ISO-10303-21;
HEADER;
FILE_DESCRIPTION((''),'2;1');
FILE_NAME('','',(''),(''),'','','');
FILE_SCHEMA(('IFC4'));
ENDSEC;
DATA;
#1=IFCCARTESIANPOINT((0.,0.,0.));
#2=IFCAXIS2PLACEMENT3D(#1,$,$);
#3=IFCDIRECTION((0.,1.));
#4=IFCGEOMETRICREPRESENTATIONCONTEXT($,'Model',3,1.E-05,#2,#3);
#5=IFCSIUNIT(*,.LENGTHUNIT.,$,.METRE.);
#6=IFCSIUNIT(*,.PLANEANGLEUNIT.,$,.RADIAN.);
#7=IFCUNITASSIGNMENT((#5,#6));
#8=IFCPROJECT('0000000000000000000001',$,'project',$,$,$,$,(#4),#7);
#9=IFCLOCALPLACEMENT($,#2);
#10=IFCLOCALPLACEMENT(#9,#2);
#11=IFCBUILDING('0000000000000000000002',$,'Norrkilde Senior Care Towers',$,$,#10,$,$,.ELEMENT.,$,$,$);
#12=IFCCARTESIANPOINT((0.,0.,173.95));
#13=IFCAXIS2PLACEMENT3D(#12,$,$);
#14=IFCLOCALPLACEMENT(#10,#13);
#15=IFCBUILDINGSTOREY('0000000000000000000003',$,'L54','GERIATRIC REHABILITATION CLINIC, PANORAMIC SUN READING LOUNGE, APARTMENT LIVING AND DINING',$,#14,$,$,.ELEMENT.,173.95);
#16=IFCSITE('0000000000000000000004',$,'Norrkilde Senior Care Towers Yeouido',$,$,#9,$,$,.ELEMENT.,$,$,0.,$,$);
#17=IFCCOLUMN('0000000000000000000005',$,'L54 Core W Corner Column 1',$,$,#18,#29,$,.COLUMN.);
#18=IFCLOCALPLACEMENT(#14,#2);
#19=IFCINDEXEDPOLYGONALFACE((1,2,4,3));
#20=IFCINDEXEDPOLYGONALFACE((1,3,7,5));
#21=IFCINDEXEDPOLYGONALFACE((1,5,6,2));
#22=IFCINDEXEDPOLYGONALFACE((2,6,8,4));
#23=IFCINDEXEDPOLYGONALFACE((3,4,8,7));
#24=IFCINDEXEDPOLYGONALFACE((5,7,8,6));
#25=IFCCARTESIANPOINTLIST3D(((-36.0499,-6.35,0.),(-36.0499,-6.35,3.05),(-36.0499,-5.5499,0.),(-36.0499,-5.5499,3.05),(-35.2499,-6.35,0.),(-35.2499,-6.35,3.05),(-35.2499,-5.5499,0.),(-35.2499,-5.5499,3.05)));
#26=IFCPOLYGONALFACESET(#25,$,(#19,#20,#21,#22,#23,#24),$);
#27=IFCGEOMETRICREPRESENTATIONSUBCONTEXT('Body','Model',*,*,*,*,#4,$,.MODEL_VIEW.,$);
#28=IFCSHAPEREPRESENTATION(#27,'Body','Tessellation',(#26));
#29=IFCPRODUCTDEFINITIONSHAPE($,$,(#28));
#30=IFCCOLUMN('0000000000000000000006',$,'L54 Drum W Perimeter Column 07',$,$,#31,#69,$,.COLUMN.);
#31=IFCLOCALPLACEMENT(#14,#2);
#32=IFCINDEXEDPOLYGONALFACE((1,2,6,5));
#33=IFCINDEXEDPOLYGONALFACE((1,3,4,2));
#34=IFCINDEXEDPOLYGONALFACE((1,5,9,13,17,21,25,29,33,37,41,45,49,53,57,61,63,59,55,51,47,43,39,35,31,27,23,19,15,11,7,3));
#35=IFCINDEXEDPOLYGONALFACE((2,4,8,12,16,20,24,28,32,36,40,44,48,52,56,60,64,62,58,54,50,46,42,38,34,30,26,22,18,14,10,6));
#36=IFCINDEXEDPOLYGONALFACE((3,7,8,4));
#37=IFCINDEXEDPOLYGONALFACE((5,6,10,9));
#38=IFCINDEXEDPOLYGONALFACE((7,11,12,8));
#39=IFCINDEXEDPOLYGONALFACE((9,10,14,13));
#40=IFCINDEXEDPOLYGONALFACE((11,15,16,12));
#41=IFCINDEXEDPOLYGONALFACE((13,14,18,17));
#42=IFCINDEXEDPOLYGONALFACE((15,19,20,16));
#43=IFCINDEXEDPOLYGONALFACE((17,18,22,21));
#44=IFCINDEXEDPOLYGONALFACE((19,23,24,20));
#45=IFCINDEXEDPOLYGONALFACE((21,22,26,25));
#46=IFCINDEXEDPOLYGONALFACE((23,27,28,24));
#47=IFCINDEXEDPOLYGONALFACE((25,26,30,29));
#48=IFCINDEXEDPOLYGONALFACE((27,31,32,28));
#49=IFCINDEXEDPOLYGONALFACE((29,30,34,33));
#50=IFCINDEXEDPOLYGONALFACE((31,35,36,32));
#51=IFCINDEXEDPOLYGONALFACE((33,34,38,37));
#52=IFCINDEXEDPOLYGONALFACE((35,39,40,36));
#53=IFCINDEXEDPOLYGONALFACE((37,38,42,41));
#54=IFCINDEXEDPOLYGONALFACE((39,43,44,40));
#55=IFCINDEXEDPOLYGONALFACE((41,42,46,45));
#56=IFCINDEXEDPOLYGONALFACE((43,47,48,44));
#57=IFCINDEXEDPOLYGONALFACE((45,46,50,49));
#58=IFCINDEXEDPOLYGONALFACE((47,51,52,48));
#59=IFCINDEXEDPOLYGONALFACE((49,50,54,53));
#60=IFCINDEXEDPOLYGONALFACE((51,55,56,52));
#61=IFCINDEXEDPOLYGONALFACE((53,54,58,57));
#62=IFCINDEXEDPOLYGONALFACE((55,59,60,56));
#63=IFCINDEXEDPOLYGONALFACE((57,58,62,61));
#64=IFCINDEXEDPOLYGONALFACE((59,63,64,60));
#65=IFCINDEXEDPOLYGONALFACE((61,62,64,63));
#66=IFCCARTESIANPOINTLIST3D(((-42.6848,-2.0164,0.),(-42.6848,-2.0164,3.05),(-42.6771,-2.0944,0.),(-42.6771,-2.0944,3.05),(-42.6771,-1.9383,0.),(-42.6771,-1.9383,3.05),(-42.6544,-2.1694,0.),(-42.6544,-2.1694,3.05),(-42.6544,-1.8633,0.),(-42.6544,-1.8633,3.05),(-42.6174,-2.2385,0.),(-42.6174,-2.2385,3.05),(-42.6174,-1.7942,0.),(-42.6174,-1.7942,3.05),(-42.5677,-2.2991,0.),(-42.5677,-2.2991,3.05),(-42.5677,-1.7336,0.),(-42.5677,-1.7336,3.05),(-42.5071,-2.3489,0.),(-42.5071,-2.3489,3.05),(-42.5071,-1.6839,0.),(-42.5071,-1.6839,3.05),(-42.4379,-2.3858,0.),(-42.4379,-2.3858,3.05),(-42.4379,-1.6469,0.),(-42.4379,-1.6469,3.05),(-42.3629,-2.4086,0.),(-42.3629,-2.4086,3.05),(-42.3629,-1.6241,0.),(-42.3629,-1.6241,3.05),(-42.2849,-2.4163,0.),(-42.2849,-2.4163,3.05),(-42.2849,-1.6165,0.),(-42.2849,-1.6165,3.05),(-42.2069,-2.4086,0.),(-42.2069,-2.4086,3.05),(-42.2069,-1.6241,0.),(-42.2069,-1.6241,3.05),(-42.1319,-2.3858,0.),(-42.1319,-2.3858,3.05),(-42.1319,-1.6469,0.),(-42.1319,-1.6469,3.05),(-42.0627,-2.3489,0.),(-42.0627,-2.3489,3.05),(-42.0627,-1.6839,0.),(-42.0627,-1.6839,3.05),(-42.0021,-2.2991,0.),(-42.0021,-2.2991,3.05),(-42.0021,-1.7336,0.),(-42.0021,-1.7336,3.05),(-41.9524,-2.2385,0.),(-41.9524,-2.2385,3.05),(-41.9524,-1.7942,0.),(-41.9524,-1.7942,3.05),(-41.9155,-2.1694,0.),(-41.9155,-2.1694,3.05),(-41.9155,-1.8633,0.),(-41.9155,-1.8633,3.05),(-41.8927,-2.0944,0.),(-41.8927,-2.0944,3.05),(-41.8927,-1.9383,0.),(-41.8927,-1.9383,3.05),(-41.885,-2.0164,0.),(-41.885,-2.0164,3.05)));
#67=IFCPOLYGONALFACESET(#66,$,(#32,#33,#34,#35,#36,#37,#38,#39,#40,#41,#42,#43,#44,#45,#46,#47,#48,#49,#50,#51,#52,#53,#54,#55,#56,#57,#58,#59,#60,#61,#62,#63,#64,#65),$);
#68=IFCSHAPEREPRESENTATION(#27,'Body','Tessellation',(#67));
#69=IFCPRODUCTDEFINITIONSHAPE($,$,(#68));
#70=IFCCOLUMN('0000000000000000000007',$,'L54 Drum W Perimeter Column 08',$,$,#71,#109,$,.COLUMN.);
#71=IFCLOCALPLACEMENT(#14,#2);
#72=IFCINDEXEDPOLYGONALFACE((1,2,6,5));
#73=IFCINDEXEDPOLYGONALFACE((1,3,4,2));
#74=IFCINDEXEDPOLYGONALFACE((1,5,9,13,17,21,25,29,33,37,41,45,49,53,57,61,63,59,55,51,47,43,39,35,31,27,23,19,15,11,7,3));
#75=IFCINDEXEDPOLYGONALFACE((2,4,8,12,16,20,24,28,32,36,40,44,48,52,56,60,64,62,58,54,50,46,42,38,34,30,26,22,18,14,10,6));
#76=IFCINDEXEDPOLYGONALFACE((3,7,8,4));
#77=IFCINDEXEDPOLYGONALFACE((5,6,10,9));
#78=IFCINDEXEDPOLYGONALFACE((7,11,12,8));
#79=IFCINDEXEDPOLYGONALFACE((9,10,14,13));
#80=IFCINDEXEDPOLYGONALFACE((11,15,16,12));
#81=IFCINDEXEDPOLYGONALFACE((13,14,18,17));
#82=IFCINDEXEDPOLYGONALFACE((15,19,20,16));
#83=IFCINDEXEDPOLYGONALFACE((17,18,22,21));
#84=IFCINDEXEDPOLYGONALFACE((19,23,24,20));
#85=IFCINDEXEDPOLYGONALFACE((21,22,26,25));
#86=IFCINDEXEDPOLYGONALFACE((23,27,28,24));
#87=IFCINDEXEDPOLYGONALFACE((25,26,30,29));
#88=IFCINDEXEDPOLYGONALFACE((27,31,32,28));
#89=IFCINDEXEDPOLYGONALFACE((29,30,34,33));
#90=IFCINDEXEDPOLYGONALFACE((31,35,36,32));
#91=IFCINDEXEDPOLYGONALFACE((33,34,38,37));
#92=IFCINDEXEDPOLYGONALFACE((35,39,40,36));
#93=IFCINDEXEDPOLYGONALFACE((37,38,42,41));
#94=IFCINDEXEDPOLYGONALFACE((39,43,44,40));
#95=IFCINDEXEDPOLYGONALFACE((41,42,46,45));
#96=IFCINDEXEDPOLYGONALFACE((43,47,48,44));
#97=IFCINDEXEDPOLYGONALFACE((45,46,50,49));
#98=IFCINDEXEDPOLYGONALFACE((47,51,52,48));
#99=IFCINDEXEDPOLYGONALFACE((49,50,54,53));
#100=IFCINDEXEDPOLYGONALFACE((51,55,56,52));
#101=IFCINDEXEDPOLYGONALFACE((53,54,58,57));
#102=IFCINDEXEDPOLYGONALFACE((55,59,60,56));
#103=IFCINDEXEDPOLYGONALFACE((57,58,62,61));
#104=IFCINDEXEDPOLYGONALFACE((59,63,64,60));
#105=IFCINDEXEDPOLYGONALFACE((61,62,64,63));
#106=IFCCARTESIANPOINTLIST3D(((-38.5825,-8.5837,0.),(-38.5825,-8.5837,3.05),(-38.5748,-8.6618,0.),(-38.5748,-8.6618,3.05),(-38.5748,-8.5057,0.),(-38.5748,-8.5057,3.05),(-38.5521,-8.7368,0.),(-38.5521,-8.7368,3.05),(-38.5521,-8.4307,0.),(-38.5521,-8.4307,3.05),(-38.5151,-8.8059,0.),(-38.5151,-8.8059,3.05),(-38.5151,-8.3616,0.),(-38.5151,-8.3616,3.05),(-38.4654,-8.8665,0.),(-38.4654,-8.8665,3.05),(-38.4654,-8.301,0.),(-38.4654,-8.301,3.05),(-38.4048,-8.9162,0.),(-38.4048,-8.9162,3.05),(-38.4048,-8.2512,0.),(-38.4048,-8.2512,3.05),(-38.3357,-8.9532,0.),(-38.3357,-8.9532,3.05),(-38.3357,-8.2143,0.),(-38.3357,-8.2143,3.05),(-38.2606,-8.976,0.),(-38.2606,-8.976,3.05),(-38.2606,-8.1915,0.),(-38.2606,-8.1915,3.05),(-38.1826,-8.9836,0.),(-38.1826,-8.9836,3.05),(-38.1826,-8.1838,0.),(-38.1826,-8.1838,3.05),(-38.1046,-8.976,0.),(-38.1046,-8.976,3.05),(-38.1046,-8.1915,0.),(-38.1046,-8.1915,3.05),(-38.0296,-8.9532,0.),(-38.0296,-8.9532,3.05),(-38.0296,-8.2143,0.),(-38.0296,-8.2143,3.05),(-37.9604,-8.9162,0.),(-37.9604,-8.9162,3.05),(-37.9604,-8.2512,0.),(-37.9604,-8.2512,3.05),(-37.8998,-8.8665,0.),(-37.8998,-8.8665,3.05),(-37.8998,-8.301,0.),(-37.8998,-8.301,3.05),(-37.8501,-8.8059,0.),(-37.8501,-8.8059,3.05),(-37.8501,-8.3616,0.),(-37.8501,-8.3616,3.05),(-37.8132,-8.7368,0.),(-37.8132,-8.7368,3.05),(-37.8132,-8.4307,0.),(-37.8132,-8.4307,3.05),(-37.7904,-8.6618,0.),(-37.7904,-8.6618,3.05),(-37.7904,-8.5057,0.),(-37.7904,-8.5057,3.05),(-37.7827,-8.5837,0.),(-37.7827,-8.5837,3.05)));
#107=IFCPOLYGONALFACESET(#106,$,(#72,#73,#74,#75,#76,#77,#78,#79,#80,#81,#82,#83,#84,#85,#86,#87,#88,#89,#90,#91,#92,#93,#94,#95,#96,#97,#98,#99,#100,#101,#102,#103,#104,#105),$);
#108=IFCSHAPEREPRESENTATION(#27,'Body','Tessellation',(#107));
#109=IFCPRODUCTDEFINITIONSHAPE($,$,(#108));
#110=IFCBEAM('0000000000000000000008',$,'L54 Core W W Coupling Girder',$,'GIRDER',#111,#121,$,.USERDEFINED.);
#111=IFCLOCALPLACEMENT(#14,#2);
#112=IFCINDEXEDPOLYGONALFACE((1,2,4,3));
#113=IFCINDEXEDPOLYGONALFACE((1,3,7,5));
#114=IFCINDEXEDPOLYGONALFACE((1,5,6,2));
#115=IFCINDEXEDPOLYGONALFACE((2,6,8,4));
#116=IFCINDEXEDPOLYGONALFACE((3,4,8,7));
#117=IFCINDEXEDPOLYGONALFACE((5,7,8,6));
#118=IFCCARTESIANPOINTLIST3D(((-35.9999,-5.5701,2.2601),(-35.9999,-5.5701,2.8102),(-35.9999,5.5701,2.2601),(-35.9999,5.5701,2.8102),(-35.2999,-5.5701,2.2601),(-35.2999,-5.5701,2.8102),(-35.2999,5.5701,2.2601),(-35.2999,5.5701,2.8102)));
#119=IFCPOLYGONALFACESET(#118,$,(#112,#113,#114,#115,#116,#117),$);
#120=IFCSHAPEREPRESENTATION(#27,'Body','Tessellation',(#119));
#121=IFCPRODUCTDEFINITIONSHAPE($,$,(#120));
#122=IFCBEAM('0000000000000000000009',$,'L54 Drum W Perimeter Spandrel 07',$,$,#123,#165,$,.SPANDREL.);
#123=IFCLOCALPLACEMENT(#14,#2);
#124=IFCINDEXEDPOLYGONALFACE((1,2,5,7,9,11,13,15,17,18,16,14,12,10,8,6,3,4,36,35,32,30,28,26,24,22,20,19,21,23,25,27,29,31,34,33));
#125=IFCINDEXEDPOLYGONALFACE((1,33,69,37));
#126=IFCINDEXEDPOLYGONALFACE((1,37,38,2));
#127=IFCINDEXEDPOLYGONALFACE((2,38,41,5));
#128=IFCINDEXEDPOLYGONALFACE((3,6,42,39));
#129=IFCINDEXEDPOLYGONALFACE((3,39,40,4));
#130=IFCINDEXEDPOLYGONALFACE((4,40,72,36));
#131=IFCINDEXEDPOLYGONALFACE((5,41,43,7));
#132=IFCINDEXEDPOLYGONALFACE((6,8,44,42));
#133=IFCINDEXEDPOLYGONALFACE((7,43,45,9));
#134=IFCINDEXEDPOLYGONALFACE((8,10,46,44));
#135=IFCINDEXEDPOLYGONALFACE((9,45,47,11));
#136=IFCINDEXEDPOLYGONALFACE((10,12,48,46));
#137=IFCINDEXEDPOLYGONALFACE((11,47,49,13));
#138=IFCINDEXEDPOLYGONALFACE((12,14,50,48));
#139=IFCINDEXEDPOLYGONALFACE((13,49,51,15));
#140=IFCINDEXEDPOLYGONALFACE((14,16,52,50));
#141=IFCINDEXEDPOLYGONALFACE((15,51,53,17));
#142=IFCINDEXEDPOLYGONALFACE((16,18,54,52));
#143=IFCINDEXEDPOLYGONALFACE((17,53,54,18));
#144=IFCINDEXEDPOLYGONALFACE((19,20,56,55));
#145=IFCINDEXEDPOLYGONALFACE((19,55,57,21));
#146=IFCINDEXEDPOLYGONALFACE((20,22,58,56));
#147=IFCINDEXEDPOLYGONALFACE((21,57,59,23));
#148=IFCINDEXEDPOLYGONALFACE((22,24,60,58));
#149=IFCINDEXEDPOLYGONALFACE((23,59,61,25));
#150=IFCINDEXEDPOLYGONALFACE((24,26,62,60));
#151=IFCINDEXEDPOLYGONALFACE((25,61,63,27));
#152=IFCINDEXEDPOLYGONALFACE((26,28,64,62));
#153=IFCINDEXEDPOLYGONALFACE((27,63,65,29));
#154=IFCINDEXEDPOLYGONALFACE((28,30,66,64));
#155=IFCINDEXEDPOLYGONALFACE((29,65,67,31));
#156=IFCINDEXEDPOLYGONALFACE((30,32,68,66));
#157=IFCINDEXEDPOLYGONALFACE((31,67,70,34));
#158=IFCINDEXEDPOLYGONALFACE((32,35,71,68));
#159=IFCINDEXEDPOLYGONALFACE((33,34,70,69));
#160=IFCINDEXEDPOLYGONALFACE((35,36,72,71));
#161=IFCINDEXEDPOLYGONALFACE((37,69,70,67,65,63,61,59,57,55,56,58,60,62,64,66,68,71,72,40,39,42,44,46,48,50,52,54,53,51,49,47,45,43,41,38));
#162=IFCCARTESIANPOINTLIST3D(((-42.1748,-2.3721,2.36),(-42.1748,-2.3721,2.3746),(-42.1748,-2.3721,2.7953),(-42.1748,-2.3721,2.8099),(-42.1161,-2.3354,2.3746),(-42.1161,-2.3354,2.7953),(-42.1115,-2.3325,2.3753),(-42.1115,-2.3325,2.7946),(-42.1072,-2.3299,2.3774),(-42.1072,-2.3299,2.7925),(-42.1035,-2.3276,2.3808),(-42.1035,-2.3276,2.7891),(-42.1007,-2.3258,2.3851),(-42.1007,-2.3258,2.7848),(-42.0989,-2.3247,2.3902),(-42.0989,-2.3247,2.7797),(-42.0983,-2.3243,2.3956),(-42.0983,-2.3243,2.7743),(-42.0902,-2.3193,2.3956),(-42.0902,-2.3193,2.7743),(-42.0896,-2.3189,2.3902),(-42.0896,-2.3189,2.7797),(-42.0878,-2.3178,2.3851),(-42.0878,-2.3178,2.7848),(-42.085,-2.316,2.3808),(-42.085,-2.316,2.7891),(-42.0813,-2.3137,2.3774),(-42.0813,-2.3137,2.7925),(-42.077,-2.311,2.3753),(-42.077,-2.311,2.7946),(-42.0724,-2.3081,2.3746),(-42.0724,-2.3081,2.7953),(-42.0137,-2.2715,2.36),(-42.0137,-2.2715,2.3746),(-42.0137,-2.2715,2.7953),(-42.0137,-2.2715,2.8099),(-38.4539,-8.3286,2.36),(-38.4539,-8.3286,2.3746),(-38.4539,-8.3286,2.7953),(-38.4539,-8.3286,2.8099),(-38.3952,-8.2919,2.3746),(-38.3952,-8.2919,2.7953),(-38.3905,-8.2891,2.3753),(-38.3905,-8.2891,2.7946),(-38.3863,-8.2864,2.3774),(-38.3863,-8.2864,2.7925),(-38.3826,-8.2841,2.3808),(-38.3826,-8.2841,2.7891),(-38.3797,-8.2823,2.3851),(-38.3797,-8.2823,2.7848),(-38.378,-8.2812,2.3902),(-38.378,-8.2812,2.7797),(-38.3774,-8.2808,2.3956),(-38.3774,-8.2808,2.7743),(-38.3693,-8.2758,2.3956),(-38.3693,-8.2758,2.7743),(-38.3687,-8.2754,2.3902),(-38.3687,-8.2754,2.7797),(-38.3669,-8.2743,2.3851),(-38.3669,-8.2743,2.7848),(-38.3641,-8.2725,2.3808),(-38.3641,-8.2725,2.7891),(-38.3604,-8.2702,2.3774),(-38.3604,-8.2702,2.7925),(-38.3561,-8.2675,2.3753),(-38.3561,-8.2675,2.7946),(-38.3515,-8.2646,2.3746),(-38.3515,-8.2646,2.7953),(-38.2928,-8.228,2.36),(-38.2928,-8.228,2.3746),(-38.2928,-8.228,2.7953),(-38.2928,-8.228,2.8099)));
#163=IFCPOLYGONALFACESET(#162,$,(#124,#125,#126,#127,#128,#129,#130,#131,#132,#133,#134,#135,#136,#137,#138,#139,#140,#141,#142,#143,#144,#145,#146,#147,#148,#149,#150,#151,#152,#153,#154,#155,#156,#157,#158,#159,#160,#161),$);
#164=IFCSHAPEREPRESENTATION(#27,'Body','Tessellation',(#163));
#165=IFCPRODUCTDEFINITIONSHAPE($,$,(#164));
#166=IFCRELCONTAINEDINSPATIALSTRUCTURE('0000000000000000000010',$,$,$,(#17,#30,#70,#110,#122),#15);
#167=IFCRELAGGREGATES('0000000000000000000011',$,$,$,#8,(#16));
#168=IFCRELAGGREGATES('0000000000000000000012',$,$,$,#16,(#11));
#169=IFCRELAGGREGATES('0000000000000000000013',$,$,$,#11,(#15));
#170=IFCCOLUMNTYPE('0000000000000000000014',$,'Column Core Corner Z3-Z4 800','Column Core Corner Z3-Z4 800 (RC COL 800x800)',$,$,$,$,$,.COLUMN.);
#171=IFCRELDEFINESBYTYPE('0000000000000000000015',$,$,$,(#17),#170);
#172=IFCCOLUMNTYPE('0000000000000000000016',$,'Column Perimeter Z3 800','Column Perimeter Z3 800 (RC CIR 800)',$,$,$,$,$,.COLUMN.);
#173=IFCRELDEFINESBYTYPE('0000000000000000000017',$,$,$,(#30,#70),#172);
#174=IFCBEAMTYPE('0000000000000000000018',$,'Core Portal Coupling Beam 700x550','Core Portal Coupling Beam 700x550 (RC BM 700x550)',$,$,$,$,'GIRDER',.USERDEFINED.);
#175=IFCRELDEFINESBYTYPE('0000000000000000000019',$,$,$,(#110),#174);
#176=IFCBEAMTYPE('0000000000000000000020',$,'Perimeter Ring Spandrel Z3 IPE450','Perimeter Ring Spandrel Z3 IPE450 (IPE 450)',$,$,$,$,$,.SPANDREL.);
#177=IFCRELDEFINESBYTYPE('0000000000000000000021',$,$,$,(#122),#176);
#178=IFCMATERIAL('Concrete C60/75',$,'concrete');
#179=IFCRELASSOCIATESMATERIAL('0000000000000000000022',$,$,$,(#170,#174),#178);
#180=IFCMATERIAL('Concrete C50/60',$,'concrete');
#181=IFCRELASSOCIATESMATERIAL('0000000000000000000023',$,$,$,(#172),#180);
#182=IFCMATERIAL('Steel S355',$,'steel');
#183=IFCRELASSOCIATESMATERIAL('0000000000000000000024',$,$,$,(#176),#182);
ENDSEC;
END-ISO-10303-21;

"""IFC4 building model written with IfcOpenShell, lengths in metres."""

from ifc_helpers import new_model, si_unit, direction, frame, origin, origin_2d, place, context, subcontext, project, spatial, rectangle, circle, i_section, extrude, source, transform, mapped, material, material_profile, profile_set, type_object, type_shapes, element, save


model = new_model("IFC4")

# Units and contexts
model_context = context("Model", 3, precision=1e-05, world=origin(), true_north=direction((0.0, 1.0)))
body_context = subcontext(model_context, "Body", "Model", "MODEL_VIEW")
ifc_project = project(units=[si_unit("LENGTHUNIT", "METRE"), si_unit("PLANEANGLEUNIT", "RADIAN")], contexts=[model_context])

# Site, building, storey
site_placement = place(None, origin())
site = spatial("IfcSite", under=ifc_project, at=site_placement, Name="Norrkilde Senior Care Towers Yeouido", CompositionType="ELEMENT", RefElevation=0.0)
building_placement = place(site_placement, origin())
building = spatial("IfcBuilding", under=site, at=building_placement, Name="Norrkilde Senior Care Towers", CompositionType="ELEMENT")
storey_placement = place(building_placement, frame((0.0, 0.0, 173.95)))
storey = spatial("IfcBuildingStorey", under=building, at=storey_placement, Name="L54", Description="GERIATRIC REHABILITATION CLINIC, PANORAMIC SUN READING LOUNGE, APARTMENT LIVING AND DINING", CompositionType="ELEMENT", Elevation=173.95)

# Columns
ifc_material_1 = material(Name="Concrete C60/75", Category="concrete")
ifc_material_profile_1 = material_profile(ifc_material_1, rectangle(XDim=0.8, YDim=0.8, at=origin_2d()), Name="RC COL 800x800")
ifc_profile_set_1 = profile_set([ifc_material_profile_1], Name="Concrete C60/75")
column_type_1 = type_object("IfcColumnType", Name="Column Core Corner Z3-Z4 800", Description="Column Core Corner Z3-Z4 800 (RC COL 800x800)", PredefinedType="COLUMN", material=ifc_profile_set_1)
shared_shape_1 = source(origin(), body_context, "Body", "SweptSolid", [
    extrude(rectangle(XDim=0.8, YDim=0.8, at=origin_2d()), origin(), (0.0, 0.0, 1.0), 3.05),
])
type_shapes(column_type_1, [shared_shape_1])
column_placement = place(storey_placement, frame((-35.6499, -5.95, 0.0), z_axis=(0.0, 0.0, 1.0), x_axis=(1.0, 0.0, 0.0)))
element("IfcColumn", 1, at=column_placement, inside=storey, type_object=column_type_1, Name="L54 Core W Corner Column 1", PredefinedType="COLUMN", context=body_context, shape_type="MappedRepresentation", body=[
    mapped(shared_shape_1, transform((0.0, 0.0, 0.0), x_axis=(1.0, 0.0, 0.0), y_axis=(0.0, 1.0, 0.0), z_axis=(0.0, 0.0, 1.0), scale=1.0)),
])
ifc_material_2 = material(Name="Concrete C50/60", Category="concrete")
ifc_material_profile_2 = material_profile(ifc_material_2, circle(Radius=0.3999, at=origin_2d()), Name="RC CIR 800")
ifc_profile_set_2 = profile_set([ifc_material_profile_2], Name="Concrete C50/60")
column_type_2 = type_object("IfcColumnType", Name="Column Perimeter Z3 800", Description="Column Perimeter Z3 800 (RC CIR 800)", PredefinedType="COLUMN", material=ifc_profile_set_2)
shared_shape_2 = source(origin(), body_context, "Body", "SweptSolid", [
    extrude(circle(Radius=0.3999, at=origin_2d()), origin(), (0.0, 0.0, 1.0), 3.05),
])
type_shapes(column_type_2, [shared_shape_2])
for number, where, z_axis, x_axis, name in (
    (2, (-42.2849, -2.0164, 0.0), (0.0, 0.0, 1.0), (1.0, 0.0, 0.0), "L54 Drum W Perimeter Column 07"),
    (3, (-38.1826, -8.5837, 0.0), (0.0, 0.0, 1.0), (1.0, 0.0, 0.0), "L54 Drum W Perimeter Column 08"),
):
    element("IfcColumn", number, at=place(storey_placement, frame(where, z_axis=z_axis, x_axis=x_axis)), inside=storey, type_object=column_type_2, Name=name, PredefinedType="COLUMN", context=body_context, shape_type="MappedRepresentation", body=[
        mapped(shared_shape_2, transform((0.0, 0.0, 0.0), x_axis=(1.0, 0.0, 0.0), y_axis=(0.0, 1.0, 0.0), z_axis=(0.0, 0.0, 1.0), scale=1.0)),
    ])

# Beams
ifc_material_profile_3 = material_profile(ifc_material_1, rectangle(XDim=0.7, YDim=0.55, at=origin_2d()), Name="RC BM 700x550")
ifc_profile_set_3 = profile_set([ifc_material_profile_3], Name="Concrete C60/75")
beam_type_1 = type_object("IfcBeamType", Name="Core Portal Coupling Beam 700x550", Description="Core Portal Coupling Beam 700x550 (RC BM 700x550)", ElementType="GIRDER", PredefinedType="USERDEFINED", material=ifc_profile_set_3)
shared_shape_3 = source(origin(), body_context, "Body", "SweptSolid", [
    extrude(rectangle(XDim=0.7, YDim=0.55, at=origin_2d()), origin(), (0.0, 0.0, 1.0), 11.1401),
])
type_shapes(beam_type_1, [shared_shape_3])
beam_1_placement = place(storey_placement, frame((-35.6499, -5.5701, 2.5352), z_axis=(0.0, 1.0, 0.0), x_axis=(-1.0, 0.0, 0.0)))
element("IfcBeam", 4, at=beam_1_placement, inside=storey, type_object=beam_type_1, Name="L54 Core W W Coupling Girder", ObjectType="GIRDER", PredefinedType="USERDEFINED", context=body_context, shape_type="MappedRepresentation", body=[
    mapped(shared_shape_3, transform((0.0, 0.0, 0.0), x_axis=(1.0, 0.0, 0.0), y_axis=(0.0, 1.0, 0.0), z_axis=(0.0, 0.0, 1.0), scale=1.0)),
])
ifc_material_3 = material(Name="Steel S355", Category="steel")
ifc_material_profile_4 = material_profile(ifc_material_3, i_section(OverallWidth=0.1899, OverallDepth=0.45, WebThickness=0.0095, FlangeThickness=0.0146, FilletRadius=0.021, at=origin_2d()), Name="IPE 450")
ifc_profile_set_4 = profile_set([ifc_material_profile_4], Name="Steel S355")
beam_type_2 = type_object("IfcBeamType", Name="Perimeter Ring Spandrel Z3 IPE450", Description="Perimeter Ring Spandrel Z3 IPE450 (IPE 450)", PredefinedType="SPANDREL", material=ifc_profile_set_4)
shared_shape_4 = source(origin(), body_context, "Body", "SweptSolid", [
    extrude(i_section(OverallWidth=0.1899, OverallDepth=0.45, WebThickness=0.0095, FlangeThickness=0.0146, FilletRadius=0.021, at=origin_2d()), origin(), (0.0, 0.0, 1.0), 7.0232),
])
beam_2_placement = place(storey_placement, frame((-42.0942, -2.3218, 2.585), z_axis=(0.529805, -0.848119, 0.0), x_axis=(0.848119, 0.529805, 0.0)))
element("IfcBeam", 5, at=beam_2_placement, inside=storey, type_object=beam_type_2, Name="L54 Drum W Perimeter Spandrel 07", PredefinedType="SPANDREL", context=body_context, shape_type="MappedRepresentation", body=[
    mapped(shared_shape_4, transform((0.0, 0.0, 0.0), x_axis=(1.0, 0.0, 0.0), y_axis=(0.0, 1.0, 0.0), z_axis=(0.0, 0.0, 1.0), scale=1.0)),
])

save(model, "model.ifc")
